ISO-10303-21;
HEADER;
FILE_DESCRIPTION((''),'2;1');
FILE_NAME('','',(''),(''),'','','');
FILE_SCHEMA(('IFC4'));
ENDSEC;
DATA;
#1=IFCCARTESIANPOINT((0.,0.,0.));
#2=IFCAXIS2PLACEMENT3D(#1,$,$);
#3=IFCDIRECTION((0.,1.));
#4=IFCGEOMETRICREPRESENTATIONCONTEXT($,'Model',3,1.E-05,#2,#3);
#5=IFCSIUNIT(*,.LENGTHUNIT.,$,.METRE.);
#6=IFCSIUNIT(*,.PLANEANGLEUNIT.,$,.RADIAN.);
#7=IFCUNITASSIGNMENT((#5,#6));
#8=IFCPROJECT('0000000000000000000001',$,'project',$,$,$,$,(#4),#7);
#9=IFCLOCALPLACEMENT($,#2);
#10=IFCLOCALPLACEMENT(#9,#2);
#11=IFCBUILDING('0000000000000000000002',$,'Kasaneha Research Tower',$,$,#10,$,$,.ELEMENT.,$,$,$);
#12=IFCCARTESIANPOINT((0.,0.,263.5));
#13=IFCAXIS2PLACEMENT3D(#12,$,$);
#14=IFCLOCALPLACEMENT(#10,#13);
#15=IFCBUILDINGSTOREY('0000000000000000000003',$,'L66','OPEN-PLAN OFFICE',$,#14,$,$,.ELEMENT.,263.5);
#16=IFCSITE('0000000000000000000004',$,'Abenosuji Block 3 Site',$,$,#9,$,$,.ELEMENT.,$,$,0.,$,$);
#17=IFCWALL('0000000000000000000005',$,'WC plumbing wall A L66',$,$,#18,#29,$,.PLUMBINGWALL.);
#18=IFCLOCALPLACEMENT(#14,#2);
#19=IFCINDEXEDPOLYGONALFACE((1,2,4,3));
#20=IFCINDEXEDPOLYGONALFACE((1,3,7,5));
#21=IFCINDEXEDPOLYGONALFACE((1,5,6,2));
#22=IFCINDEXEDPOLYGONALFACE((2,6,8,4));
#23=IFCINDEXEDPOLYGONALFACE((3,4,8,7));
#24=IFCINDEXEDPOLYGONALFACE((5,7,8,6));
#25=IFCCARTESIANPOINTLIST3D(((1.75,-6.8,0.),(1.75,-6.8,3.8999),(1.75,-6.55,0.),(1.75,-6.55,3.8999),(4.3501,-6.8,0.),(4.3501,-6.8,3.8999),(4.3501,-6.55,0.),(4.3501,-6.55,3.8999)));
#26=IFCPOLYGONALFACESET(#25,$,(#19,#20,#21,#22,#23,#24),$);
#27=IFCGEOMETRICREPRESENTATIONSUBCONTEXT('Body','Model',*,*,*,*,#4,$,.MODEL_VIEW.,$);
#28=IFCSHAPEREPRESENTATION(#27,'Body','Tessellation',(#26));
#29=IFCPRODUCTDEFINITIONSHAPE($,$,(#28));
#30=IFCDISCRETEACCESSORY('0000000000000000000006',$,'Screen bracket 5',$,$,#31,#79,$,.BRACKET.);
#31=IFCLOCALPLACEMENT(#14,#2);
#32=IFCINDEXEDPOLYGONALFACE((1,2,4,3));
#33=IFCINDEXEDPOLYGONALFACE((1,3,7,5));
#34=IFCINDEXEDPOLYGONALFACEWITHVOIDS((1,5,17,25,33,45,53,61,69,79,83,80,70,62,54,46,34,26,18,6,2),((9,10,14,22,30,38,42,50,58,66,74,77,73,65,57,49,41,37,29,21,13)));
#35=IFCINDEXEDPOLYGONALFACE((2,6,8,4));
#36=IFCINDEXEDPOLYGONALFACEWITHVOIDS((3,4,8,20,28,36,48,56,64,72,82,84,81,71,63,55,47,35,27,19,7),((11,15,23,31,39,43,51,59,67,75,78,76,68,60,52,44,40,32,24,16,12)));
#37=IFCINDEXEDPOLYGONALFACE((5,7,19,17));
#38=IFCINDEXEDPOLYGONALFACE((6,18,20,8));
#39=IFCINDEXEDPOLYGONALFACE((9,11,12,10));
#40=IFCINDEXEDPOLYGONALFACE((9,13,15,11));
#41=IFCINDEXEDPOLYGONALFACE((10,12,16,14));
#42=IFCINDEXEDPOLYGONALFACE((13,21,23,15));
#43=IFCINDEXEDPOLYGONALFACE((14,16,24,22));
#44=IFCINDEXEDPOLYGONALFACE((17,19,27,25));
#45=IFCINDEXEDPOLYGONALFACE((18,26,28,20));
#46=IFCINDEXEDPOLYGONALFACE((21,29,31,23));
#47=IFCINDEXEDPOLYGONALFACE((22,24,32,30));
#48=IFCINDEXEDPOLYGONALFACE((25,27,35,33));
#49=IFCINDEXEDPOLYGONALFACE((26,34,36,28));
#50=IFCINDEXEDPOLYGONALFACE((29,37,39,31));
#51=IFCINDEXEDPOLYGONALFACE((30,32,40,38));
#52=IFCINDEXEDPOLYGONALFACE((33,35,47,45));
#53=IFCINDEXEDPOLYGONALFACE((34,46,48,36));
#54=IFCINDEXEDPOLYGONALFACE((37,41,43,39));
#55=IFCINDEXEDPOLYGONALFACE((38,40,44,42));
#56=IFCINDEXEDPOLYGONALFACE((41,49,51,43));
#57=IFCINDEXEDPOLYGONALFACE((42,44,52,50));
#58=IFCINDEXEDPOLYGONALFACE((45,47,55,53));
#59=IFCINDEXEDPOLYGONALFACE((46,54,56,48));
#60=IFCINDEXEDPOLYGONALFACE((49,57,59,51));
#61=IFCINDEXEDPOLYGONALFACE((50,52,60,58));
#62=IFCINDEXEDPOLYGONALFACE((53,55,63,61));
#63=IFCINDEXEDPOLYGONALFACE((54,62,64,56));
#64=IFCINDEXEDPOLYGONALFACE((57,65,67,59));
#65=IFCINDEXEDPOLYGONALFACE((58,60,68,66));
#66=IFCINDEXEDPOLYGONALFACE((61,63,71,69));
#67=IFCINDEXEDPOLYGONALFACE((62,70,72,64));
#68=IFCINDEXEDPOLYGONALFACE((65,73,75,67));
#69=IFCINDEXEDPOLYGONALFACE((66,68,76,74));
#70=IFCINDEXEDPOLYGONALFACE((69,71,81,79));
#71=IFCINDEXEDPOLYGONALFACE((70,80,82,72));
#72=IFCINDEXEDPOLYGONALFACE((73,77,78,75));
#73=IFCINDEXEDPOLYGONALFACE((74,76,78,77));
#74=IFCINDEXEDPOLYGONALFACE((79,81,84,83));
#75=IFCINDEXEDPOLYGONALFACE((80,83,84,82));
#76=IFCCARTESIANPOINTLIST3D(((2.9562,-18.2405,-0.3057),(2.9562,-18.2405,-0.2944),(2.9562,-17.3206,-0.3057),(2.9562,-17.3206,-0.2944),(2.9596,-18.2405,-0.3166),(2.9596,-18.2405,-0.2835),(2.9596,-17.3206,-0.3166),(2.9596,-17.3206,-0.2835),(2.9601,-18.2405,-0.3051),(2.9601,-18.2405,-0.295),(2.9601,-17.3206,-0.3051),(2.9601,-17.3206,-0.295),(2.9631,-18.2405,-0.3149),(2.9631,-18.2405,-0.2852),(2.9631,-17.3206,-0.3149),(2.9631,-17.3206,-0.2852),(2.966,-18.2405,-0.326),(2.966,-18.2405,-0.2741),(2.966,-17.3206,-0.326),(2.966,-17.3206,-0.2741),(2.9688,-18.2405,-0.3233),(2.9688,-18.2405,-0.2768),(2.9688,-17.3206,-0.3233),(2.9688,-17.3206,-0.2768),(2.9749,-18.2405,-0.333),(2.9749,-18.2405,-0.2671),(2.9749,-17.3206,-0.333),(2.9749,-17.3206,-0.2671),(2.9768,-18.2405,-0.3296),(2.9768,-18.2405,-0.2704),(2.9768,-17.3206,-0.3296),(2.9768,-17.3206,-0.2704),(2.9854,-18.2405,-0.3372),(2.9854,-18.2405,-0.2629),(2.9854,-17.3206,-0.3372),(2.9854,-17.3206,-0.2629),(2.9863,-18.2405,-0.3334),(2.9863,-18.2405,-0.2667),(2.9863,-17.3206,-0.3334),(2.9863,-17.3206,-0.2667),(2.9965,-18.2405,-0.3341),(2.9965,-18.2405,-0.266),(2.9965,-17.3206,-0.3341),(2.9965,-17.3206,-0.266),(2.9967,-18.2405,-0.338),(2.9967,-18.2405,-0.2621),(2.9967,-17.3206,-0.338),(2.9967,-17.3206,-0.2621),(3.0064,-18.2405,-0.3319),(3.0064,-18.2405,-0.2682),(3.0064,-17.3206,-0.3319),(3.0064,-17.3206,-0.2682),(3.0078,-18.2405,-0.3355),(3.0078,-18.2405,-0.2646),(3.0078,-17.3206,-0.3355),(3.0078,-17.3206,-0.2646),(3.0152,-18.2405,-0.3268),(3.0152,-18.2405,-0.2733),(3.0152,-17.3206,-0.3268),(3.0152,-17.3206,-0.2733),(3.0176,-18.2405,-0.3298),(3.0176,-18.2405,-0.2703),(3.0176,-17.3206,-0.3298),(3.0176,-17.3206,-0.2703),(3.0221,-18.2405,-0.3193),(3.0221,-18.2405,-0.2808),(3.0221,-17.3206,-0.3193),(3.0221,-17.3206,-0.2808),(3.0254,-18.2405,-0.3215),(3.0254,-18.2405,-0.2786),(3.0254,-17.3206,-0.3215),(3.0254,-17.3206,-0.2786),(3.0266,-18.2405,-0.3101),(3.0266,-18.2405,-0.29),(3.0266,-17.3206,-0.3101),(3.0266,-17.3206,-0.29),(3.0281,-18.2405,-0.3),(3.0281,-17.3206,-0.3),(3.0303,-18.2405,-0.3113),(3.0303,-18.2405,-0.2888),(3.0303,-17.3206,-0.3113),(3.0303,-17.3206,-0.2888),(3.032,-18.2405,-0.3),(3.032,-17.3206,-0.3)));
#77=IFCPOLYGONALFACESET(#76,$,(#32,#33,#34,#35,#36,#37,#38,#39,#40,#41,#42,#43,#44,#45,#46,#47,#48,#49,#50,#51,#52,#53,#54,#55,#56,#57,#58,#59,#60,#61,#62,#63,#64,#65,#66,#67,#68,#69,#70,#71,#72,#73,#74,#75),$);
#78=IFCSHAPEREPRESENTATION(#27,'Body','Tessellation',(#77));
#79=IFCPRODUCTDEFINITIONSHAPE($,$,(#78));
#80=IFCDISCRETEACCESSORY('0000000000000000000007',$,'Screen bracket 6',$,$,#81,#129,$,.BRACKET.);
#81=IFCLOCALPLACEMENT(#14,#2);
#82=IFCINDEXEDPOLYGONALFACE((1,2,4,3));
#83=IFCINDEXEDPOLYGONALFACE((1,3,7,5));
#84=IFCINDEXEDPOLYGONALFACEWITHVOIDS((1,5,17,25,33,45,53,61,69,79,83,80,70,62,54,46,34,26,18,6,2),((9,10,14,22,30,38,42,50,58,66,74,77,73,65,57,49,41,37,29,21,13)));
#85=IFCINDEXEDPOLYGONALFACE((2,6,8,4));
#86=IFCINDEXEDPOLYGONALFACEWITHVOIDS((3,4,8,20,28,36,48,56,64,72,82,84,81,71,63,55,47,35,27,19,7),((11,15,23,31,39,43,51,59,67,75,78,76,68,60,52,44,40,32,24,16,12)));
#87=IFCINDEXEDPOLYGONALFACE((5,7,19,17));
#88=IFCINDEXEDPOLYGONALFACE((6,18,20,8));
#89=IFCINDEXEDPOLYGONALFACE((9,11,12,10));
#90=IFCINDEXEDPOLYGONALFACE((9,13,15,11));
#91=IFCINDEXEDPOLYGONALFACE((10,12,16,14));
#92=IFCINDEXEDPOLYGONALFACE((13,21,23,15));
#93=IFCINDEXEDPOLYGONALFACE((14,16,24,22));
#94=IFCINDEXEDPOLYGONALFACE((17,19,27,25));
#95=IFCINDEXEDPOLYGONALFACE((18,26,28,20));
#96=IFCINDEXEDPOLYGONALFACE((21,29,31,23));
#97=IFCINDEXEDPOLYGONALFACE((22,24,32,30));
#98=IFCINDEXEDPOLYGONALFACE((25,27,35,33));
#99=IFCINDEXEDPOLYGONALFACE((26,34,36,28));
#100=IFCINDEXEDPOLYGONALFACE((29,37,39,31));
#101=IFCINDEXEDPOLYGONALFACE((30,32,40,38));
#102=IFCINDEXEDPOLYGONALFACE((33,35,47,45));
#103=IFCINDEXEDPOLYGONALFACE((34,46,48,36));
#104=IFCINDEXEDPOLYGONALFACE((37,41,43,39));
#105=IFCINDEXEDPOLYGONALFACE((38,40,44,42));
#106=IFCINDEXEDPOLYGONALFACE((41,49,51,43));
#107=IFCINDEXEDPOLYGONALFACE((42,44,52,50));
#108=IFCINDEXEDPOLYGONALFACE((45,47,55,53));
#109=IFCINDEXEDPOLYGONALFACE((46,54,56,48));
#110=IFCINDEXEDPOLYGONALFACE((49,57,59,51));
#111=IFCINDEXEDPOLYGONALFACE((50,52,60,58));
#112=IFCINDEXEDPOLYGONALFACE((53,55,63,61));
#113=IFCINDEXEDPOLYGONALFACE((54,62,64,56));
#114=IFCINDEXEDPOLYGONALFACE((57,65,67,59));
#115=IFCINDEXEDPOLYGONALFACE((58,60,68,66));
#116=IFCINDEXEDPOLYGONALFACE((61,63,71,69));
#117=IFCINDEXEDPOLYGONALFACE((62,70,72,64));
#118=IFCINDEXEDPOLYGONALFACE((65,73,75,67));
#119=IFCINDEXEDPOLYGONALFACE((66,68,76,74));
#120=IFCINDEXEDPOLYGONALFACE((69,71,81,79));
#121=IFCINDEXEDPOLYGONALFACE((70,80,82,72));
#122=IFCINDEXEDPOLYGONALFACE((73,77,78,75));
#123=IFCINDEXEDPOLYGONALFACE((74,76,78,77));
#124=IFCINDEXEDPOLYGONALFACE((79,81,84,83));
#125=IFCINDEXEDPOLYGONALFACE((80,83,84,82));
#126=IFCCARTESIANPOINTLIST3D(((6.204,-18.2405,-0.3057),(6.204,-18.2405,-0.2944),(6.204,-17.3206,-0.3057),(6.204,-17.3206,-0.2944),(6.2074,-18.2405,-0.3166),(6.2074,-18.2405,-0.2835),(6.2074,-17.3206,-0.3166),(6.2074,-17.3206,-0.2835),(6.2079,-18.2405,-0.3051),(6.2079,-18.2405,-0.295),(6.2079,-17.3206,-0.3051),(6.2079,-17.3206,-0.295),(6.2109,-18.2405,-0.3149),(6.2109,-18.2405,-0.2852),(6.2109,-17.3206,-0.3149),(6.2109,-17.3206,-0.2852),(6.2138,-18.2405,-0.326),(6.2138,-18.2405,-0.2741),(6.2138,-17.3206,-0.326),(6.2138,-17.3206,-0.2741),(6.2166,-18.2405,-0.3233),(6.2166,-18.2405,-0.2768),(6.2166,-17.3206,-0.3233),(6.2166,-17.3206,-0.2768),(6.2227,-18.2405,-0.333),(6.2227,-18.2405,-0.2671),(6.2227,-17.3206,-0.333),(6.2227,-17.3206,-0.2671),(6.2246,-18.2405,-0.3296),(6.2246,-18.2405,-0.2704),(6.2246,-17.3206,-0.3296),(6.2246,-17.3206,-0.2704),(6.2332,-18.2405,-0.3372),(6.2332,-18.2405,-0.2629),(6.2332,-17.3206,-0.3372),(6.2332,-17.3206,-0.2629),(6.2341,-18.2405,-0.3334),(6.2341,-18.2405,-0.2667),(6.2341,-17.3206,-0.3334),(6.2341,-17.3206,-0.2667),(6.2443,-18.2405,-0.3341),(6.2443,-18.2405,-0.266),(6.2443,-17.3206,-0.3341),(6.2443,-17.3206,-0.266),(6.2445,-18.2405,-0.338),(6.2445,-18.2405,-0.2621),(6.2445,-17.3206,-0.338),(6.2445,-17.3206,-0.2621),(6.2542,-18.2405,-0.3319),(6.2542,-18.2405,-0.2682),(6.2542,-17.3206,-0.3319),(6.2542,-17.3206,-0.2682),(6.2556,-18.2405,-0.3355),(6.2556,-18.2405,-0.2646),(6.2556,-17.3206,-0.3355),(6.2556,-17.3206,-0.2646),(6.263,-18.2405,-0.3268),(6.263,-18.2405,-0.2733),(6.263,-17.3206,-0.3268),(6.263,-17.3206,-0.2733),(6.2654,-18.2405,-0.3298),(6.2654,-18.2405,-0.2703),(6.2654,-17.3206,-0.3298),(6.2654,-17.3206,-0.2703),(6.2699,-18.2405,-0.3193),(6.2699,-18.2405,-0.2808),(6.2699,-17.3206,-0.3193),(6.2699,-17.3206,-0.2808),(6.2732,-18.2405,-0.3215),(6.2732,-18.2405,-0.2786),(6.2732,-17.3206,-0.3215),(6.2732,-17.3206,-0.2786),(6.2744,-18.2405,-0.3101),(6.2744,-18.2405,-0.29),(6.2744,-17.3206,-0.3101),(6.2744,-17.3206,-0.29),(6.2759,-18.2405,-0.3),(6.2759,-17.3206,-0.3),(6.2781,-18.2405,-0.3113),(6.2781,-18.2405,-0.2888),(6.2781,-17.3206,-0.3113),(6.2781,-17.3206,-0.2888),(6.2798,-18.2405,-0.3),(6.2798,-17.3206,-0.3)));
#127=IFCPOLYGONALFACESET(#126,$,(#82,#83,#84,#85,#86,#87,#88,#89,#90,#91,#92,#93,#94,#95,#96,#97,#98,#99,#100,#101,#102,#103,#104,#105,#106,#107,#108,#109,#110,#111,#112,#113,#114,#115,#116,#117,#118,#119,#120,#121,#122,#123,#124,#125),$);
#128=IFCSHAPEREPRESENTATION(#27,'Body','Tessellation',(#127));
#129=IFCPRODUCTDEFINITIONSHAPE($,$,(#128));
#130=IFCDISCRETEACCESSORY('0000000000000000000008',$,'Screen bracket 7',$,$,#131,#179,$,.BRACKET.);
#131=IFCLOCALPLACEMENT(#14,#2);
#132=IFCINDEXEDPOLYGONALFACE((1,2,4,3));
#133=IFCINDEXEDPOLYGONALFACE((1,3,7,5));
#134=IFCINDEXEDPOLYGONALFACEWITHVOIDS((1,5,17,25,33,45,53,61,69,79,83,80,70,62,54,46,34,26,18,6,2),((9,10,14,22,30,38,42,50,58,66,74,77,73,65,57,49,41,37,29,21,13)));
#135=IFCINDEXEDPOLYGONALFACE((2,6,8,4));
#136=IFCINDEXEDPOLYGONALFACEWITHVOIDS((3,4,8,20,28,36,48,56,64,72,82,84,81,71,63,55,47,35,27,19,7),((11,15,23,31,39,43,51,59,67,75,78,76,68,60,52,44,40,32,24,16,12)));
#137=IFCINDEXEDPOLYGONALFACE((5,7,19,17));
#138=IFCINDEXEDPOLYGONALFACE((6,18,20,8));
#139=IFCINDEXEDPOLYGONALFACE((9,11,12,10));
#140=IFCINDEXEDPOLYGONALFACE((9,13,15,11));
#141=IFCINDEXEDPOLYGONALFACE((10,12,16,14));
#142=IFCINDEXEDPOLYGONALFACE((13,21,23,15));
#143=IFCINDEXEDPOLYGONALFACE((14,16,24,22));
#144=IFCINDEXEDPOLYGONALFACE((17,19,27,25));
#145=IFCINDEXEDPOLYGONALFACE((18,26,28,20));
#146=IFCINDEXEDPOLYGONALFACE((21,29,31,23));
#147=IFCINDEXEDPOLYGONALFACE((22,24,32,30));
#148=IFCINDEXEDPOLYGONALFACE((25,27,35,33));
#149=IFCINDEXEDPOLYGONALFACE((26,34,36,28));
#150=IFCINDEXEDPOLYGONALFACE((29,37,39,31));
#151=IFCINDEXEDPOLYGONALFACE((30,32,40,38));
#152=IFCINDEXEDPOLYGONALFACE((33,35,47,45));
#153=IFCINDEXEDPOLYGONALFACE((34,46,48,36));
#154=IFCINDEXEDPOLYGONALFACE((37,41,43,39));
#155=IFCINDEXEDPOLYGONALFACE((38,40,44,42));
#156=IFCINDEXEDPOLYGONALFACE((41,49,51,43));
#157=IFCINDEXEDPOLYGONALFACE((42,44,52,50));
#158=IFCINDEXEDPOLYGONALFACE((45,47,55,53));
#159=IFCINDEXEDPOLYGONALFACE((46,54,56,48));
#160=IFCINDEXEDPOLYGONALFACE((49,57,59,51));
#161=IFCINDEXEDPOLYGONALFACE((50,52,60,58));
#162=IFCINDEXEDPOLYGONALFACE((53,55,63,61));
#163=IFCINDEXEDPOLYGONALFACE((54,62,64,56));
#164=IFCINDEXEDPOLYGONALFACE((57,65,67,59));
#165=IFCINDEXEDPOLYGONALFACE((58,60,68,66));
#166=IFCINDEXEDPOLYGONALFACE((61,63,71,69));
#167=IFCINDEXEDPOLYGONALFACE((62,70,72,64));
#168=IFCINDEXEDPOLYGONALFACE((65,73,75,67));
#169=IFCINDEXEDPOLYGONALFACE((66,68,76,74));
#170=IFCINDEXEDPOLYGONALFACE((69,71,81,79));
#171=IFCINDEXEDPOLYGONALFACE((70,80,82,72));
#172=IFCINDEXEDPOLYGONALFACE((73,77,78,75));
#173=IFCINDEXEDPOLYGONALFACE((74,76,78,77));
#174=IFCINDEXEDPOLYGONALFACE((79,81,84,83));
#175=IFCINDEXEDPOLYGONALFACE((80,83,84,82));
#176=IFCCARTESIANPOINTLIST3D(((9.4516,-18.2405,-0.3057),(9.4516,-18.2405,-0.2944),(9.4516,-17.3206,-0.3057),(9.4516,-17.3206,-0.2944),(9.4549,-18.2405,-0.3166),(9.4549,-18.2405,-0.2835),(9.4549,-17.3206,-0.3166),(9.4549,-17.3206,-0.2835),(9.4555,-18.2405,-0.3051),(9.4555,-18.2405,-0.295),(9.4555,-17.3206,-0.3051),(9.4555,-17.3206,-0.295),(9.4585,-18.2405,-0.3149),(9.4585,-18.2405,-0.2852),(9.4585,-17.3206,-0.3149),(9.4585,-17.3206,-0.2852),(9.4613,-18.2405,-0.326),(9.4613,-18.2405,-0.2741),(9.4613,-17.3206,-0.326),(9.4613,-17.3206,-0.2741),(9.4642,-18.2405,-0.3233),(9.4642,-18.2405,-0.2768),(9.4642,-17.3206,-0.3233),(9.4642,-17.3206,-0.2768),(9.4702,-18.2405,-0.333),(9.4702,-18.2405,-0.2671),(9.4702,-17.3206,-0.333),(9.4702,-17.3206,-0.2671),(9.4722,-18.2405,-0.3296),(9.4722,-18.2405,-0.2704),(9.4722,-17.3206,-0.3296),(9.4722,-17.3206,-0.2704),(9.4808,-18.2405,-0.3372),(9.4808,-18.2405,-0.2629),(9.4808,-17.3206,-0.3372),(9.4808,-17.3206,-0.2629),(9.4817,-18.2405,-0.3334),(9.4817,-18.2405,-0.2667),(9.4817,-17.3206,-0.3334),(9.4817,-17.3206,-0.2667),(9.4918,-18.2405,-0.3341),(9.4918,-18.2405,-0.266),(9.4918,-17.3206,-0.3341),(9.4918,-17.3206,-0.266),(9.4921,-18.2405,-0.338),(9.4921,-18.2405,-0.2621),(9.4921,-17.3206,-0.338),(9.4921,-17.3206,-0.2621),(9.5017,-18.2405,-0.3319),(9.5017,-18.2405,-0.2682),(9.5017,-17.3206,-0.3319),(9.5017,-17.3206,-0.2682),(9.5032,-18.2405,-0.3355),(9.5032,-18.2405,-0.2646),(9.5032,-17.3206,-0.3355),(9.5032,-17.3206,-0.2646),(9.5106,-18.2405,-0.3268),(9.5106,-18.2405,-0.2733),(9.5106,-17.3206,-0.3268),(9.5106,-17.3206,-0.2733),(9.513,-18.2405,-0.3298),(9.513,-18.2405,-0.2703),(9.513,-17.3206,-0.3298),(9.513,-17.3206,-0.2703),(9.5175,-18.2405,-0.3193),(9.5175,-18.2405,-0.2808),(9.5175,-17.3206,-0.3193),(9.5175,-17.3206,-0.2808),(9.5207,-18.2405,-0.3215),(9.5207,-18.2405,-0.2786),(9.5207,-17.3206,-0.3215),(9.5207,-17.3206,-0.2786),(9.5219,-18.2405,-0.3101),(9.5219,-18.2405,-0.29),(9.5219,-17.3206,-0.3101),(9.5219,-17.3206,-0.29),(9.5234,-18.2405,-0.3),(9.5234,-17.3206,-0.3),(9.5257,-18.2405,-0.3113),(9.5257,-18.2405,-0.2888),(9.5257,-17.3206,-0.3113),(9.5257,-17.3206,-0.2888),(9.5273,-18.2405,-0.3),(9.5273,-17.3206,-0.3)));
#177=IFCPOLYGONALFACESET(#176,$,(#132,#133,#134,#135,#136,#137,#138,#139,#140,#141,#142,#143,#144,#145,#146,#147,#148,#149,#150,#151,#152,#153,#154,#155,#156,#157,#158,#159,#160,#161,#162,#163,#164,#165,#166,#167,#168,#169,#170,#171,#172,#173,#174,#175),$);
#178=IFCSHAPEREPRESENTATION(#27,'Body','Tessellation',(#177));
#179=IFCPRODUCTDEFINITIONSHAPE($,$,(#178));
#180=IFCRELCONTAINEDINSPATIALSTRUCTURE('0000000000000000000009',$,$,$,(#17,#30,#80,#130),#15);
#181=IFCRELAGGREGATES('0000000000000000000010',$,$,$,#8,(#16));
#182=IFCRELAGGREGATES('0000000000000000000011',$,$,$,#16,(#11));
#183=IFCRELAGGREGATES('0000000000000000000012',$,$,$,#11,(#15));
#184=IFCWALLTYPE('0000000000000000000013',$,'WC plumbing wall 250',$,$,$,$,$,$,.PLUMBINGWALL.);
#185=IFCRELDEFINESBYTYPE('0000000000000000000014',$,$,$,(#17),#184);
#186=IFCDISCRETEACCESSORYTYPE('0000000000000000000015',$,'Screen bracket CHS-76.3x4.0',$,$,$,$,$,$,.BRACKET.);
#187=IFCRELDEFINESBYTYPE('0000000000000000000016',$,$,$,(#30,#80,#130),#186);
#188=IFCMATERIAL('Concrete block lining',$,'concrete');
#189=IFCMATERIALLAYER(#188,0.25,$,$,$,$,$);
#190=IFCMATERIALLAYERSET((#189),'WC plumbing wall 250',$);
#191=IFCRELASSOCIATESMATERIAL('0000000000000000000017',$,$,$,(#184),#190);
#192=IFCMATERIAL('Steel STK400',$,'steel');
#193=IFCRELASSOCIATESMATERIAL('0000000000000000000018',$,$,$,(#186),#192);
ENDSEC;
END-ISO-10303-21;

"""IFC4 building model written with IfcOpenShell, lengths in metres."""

from ifc_helpers import new_model, si_unit, direction, frame, frame_2d, origin, origin_2d, place, context, subcontext, project, spatial, rectangle, hollow_circle, extrude, material, layer, layer_set, material_profile, profile_set, type_object, element, save


model = new_model("IFC4")

# Units and contexts
model_context = context("Model", 3, precision=1e-05, world=origin(), true_north=direction((0.0, 1.0)))
body_context = subcontext(model_context, "Body", "Model", "MODEL_VIEW")
ifc_project = project(units=[si_unit("LENGTHUNIT", "METRE"), si_unit("PLANEANGLEUNIT", "RADIAN")], contexts=[model_context])

# Site, building, storey
site_placement = place(None, origin())
site = spatial("IfcSite", under=ifc_project, at=site_placement, Name="Abenosuji Block 3 Site", CompositionType="ELEMENT", RefElevation=0.0)
building_placement = place(site_placement, origin())
building = spatial("IfcBuilding", under=site, at=building_placement, Name="Kasaneha Research Tower", CompositionType="ELEMENT")
storey_placement = place(building_placement, frame((0.0, 0.0, 263.5)))
storey = spatial("IfcBuildingStorey", under=building, at=storey_placement, Name="L66", Description="OPEN-PLAN OFFICE", CompositionType="ELEMENT", Elevation=263.5)

# Wall
ifc_material_1 = material(Name="Concrete block lining", Category="concrete")
ifc_layer_1 = layer(ifc_material_1, 0.25)
ifc_layer_set_1 = layer_set([ifc_layer_1], Name="WC plumbing wall 250")
wall_type_1 = type_object("IfcWallType", Name="WC plumbing wall 250", PredefinedType="PLUMBINGWALL", material=ifc_layer_set_1)
wall_1_placement = place(storey_placement, frame((1.75, -6.675, 0.0), z_axis=(0.0, 0.0, 1.0), x_axis=(1.0, 0.0, 0.0)))
element("IfcWall", 1, at=wall_1_placement, inside=storey, type_object=wall_type_1, Name="WC plumbing wall A L66", PredefinedType="PLUMBINGWALL", context=body_context, shape_type="SweptSolid", body=[
    extrude(rectangle(XDim=2.6001, YDim=0.25, at=frame_2d((1.3, 0.0))), origin(), (0.0, 0.0, 1.0), 3.8999),
])

# Discrete accessories
ifc_material_2 = material(Name="Steel STK400", Category="steel")
ifc_material_profile_1 = material_profile(ifc_material_2, hollow_circle(Radius=0.0381, WallThickness=0.0039, at=origin_2d()), Name="CHS-76.3x4.0")
ifc_profile_set_1 = profile_set([ifc_material_profile_1], Name="Steel STK400")
discrete_accessory_type = type_object("IfcDiscreteAccessoryType", Name="Screen bracket CHS-76.3x4.0", PredefinedType="BRACKET", material=ifc_profile_set_1)
for number, where, z_axis, x_axis, name in (
    (2, (2.9939, -17.3206, -0.3), (0.0, -1.0, 0.0), (1.0, 0.0, 0.0), "Screen bracket 5"),
    (3, (6.2417, -17.3206, -0.3), (0.0, -1.0, 0.0), (1.0, 0.0, 0.0), "Screen bracket 6"),
    (4, (9.4893, -17.3206, -0.3), (0.0, -1.0, 0.0), (1.0, 0.0, 0.0), "Screen bracket 7"),
):
    element("IfcDiscreteAccessory", number, at=place(storey_placement, frame(where, z_axis=z_axis, x_axis=x_axis)), inside=storey, type_object=discrete_accessory_type, Name=name, PredefinedType="BRACKET", context=body_context, shape_type="SweptSolid", body=[
        extrude(hollow_circle(Radius=0.0381, WallThickness=0.0039, at=origin_2d()), origin(), (0.0, 0.0, 1.0), 0.9199),
    ])

save(model, "model.ifc")
